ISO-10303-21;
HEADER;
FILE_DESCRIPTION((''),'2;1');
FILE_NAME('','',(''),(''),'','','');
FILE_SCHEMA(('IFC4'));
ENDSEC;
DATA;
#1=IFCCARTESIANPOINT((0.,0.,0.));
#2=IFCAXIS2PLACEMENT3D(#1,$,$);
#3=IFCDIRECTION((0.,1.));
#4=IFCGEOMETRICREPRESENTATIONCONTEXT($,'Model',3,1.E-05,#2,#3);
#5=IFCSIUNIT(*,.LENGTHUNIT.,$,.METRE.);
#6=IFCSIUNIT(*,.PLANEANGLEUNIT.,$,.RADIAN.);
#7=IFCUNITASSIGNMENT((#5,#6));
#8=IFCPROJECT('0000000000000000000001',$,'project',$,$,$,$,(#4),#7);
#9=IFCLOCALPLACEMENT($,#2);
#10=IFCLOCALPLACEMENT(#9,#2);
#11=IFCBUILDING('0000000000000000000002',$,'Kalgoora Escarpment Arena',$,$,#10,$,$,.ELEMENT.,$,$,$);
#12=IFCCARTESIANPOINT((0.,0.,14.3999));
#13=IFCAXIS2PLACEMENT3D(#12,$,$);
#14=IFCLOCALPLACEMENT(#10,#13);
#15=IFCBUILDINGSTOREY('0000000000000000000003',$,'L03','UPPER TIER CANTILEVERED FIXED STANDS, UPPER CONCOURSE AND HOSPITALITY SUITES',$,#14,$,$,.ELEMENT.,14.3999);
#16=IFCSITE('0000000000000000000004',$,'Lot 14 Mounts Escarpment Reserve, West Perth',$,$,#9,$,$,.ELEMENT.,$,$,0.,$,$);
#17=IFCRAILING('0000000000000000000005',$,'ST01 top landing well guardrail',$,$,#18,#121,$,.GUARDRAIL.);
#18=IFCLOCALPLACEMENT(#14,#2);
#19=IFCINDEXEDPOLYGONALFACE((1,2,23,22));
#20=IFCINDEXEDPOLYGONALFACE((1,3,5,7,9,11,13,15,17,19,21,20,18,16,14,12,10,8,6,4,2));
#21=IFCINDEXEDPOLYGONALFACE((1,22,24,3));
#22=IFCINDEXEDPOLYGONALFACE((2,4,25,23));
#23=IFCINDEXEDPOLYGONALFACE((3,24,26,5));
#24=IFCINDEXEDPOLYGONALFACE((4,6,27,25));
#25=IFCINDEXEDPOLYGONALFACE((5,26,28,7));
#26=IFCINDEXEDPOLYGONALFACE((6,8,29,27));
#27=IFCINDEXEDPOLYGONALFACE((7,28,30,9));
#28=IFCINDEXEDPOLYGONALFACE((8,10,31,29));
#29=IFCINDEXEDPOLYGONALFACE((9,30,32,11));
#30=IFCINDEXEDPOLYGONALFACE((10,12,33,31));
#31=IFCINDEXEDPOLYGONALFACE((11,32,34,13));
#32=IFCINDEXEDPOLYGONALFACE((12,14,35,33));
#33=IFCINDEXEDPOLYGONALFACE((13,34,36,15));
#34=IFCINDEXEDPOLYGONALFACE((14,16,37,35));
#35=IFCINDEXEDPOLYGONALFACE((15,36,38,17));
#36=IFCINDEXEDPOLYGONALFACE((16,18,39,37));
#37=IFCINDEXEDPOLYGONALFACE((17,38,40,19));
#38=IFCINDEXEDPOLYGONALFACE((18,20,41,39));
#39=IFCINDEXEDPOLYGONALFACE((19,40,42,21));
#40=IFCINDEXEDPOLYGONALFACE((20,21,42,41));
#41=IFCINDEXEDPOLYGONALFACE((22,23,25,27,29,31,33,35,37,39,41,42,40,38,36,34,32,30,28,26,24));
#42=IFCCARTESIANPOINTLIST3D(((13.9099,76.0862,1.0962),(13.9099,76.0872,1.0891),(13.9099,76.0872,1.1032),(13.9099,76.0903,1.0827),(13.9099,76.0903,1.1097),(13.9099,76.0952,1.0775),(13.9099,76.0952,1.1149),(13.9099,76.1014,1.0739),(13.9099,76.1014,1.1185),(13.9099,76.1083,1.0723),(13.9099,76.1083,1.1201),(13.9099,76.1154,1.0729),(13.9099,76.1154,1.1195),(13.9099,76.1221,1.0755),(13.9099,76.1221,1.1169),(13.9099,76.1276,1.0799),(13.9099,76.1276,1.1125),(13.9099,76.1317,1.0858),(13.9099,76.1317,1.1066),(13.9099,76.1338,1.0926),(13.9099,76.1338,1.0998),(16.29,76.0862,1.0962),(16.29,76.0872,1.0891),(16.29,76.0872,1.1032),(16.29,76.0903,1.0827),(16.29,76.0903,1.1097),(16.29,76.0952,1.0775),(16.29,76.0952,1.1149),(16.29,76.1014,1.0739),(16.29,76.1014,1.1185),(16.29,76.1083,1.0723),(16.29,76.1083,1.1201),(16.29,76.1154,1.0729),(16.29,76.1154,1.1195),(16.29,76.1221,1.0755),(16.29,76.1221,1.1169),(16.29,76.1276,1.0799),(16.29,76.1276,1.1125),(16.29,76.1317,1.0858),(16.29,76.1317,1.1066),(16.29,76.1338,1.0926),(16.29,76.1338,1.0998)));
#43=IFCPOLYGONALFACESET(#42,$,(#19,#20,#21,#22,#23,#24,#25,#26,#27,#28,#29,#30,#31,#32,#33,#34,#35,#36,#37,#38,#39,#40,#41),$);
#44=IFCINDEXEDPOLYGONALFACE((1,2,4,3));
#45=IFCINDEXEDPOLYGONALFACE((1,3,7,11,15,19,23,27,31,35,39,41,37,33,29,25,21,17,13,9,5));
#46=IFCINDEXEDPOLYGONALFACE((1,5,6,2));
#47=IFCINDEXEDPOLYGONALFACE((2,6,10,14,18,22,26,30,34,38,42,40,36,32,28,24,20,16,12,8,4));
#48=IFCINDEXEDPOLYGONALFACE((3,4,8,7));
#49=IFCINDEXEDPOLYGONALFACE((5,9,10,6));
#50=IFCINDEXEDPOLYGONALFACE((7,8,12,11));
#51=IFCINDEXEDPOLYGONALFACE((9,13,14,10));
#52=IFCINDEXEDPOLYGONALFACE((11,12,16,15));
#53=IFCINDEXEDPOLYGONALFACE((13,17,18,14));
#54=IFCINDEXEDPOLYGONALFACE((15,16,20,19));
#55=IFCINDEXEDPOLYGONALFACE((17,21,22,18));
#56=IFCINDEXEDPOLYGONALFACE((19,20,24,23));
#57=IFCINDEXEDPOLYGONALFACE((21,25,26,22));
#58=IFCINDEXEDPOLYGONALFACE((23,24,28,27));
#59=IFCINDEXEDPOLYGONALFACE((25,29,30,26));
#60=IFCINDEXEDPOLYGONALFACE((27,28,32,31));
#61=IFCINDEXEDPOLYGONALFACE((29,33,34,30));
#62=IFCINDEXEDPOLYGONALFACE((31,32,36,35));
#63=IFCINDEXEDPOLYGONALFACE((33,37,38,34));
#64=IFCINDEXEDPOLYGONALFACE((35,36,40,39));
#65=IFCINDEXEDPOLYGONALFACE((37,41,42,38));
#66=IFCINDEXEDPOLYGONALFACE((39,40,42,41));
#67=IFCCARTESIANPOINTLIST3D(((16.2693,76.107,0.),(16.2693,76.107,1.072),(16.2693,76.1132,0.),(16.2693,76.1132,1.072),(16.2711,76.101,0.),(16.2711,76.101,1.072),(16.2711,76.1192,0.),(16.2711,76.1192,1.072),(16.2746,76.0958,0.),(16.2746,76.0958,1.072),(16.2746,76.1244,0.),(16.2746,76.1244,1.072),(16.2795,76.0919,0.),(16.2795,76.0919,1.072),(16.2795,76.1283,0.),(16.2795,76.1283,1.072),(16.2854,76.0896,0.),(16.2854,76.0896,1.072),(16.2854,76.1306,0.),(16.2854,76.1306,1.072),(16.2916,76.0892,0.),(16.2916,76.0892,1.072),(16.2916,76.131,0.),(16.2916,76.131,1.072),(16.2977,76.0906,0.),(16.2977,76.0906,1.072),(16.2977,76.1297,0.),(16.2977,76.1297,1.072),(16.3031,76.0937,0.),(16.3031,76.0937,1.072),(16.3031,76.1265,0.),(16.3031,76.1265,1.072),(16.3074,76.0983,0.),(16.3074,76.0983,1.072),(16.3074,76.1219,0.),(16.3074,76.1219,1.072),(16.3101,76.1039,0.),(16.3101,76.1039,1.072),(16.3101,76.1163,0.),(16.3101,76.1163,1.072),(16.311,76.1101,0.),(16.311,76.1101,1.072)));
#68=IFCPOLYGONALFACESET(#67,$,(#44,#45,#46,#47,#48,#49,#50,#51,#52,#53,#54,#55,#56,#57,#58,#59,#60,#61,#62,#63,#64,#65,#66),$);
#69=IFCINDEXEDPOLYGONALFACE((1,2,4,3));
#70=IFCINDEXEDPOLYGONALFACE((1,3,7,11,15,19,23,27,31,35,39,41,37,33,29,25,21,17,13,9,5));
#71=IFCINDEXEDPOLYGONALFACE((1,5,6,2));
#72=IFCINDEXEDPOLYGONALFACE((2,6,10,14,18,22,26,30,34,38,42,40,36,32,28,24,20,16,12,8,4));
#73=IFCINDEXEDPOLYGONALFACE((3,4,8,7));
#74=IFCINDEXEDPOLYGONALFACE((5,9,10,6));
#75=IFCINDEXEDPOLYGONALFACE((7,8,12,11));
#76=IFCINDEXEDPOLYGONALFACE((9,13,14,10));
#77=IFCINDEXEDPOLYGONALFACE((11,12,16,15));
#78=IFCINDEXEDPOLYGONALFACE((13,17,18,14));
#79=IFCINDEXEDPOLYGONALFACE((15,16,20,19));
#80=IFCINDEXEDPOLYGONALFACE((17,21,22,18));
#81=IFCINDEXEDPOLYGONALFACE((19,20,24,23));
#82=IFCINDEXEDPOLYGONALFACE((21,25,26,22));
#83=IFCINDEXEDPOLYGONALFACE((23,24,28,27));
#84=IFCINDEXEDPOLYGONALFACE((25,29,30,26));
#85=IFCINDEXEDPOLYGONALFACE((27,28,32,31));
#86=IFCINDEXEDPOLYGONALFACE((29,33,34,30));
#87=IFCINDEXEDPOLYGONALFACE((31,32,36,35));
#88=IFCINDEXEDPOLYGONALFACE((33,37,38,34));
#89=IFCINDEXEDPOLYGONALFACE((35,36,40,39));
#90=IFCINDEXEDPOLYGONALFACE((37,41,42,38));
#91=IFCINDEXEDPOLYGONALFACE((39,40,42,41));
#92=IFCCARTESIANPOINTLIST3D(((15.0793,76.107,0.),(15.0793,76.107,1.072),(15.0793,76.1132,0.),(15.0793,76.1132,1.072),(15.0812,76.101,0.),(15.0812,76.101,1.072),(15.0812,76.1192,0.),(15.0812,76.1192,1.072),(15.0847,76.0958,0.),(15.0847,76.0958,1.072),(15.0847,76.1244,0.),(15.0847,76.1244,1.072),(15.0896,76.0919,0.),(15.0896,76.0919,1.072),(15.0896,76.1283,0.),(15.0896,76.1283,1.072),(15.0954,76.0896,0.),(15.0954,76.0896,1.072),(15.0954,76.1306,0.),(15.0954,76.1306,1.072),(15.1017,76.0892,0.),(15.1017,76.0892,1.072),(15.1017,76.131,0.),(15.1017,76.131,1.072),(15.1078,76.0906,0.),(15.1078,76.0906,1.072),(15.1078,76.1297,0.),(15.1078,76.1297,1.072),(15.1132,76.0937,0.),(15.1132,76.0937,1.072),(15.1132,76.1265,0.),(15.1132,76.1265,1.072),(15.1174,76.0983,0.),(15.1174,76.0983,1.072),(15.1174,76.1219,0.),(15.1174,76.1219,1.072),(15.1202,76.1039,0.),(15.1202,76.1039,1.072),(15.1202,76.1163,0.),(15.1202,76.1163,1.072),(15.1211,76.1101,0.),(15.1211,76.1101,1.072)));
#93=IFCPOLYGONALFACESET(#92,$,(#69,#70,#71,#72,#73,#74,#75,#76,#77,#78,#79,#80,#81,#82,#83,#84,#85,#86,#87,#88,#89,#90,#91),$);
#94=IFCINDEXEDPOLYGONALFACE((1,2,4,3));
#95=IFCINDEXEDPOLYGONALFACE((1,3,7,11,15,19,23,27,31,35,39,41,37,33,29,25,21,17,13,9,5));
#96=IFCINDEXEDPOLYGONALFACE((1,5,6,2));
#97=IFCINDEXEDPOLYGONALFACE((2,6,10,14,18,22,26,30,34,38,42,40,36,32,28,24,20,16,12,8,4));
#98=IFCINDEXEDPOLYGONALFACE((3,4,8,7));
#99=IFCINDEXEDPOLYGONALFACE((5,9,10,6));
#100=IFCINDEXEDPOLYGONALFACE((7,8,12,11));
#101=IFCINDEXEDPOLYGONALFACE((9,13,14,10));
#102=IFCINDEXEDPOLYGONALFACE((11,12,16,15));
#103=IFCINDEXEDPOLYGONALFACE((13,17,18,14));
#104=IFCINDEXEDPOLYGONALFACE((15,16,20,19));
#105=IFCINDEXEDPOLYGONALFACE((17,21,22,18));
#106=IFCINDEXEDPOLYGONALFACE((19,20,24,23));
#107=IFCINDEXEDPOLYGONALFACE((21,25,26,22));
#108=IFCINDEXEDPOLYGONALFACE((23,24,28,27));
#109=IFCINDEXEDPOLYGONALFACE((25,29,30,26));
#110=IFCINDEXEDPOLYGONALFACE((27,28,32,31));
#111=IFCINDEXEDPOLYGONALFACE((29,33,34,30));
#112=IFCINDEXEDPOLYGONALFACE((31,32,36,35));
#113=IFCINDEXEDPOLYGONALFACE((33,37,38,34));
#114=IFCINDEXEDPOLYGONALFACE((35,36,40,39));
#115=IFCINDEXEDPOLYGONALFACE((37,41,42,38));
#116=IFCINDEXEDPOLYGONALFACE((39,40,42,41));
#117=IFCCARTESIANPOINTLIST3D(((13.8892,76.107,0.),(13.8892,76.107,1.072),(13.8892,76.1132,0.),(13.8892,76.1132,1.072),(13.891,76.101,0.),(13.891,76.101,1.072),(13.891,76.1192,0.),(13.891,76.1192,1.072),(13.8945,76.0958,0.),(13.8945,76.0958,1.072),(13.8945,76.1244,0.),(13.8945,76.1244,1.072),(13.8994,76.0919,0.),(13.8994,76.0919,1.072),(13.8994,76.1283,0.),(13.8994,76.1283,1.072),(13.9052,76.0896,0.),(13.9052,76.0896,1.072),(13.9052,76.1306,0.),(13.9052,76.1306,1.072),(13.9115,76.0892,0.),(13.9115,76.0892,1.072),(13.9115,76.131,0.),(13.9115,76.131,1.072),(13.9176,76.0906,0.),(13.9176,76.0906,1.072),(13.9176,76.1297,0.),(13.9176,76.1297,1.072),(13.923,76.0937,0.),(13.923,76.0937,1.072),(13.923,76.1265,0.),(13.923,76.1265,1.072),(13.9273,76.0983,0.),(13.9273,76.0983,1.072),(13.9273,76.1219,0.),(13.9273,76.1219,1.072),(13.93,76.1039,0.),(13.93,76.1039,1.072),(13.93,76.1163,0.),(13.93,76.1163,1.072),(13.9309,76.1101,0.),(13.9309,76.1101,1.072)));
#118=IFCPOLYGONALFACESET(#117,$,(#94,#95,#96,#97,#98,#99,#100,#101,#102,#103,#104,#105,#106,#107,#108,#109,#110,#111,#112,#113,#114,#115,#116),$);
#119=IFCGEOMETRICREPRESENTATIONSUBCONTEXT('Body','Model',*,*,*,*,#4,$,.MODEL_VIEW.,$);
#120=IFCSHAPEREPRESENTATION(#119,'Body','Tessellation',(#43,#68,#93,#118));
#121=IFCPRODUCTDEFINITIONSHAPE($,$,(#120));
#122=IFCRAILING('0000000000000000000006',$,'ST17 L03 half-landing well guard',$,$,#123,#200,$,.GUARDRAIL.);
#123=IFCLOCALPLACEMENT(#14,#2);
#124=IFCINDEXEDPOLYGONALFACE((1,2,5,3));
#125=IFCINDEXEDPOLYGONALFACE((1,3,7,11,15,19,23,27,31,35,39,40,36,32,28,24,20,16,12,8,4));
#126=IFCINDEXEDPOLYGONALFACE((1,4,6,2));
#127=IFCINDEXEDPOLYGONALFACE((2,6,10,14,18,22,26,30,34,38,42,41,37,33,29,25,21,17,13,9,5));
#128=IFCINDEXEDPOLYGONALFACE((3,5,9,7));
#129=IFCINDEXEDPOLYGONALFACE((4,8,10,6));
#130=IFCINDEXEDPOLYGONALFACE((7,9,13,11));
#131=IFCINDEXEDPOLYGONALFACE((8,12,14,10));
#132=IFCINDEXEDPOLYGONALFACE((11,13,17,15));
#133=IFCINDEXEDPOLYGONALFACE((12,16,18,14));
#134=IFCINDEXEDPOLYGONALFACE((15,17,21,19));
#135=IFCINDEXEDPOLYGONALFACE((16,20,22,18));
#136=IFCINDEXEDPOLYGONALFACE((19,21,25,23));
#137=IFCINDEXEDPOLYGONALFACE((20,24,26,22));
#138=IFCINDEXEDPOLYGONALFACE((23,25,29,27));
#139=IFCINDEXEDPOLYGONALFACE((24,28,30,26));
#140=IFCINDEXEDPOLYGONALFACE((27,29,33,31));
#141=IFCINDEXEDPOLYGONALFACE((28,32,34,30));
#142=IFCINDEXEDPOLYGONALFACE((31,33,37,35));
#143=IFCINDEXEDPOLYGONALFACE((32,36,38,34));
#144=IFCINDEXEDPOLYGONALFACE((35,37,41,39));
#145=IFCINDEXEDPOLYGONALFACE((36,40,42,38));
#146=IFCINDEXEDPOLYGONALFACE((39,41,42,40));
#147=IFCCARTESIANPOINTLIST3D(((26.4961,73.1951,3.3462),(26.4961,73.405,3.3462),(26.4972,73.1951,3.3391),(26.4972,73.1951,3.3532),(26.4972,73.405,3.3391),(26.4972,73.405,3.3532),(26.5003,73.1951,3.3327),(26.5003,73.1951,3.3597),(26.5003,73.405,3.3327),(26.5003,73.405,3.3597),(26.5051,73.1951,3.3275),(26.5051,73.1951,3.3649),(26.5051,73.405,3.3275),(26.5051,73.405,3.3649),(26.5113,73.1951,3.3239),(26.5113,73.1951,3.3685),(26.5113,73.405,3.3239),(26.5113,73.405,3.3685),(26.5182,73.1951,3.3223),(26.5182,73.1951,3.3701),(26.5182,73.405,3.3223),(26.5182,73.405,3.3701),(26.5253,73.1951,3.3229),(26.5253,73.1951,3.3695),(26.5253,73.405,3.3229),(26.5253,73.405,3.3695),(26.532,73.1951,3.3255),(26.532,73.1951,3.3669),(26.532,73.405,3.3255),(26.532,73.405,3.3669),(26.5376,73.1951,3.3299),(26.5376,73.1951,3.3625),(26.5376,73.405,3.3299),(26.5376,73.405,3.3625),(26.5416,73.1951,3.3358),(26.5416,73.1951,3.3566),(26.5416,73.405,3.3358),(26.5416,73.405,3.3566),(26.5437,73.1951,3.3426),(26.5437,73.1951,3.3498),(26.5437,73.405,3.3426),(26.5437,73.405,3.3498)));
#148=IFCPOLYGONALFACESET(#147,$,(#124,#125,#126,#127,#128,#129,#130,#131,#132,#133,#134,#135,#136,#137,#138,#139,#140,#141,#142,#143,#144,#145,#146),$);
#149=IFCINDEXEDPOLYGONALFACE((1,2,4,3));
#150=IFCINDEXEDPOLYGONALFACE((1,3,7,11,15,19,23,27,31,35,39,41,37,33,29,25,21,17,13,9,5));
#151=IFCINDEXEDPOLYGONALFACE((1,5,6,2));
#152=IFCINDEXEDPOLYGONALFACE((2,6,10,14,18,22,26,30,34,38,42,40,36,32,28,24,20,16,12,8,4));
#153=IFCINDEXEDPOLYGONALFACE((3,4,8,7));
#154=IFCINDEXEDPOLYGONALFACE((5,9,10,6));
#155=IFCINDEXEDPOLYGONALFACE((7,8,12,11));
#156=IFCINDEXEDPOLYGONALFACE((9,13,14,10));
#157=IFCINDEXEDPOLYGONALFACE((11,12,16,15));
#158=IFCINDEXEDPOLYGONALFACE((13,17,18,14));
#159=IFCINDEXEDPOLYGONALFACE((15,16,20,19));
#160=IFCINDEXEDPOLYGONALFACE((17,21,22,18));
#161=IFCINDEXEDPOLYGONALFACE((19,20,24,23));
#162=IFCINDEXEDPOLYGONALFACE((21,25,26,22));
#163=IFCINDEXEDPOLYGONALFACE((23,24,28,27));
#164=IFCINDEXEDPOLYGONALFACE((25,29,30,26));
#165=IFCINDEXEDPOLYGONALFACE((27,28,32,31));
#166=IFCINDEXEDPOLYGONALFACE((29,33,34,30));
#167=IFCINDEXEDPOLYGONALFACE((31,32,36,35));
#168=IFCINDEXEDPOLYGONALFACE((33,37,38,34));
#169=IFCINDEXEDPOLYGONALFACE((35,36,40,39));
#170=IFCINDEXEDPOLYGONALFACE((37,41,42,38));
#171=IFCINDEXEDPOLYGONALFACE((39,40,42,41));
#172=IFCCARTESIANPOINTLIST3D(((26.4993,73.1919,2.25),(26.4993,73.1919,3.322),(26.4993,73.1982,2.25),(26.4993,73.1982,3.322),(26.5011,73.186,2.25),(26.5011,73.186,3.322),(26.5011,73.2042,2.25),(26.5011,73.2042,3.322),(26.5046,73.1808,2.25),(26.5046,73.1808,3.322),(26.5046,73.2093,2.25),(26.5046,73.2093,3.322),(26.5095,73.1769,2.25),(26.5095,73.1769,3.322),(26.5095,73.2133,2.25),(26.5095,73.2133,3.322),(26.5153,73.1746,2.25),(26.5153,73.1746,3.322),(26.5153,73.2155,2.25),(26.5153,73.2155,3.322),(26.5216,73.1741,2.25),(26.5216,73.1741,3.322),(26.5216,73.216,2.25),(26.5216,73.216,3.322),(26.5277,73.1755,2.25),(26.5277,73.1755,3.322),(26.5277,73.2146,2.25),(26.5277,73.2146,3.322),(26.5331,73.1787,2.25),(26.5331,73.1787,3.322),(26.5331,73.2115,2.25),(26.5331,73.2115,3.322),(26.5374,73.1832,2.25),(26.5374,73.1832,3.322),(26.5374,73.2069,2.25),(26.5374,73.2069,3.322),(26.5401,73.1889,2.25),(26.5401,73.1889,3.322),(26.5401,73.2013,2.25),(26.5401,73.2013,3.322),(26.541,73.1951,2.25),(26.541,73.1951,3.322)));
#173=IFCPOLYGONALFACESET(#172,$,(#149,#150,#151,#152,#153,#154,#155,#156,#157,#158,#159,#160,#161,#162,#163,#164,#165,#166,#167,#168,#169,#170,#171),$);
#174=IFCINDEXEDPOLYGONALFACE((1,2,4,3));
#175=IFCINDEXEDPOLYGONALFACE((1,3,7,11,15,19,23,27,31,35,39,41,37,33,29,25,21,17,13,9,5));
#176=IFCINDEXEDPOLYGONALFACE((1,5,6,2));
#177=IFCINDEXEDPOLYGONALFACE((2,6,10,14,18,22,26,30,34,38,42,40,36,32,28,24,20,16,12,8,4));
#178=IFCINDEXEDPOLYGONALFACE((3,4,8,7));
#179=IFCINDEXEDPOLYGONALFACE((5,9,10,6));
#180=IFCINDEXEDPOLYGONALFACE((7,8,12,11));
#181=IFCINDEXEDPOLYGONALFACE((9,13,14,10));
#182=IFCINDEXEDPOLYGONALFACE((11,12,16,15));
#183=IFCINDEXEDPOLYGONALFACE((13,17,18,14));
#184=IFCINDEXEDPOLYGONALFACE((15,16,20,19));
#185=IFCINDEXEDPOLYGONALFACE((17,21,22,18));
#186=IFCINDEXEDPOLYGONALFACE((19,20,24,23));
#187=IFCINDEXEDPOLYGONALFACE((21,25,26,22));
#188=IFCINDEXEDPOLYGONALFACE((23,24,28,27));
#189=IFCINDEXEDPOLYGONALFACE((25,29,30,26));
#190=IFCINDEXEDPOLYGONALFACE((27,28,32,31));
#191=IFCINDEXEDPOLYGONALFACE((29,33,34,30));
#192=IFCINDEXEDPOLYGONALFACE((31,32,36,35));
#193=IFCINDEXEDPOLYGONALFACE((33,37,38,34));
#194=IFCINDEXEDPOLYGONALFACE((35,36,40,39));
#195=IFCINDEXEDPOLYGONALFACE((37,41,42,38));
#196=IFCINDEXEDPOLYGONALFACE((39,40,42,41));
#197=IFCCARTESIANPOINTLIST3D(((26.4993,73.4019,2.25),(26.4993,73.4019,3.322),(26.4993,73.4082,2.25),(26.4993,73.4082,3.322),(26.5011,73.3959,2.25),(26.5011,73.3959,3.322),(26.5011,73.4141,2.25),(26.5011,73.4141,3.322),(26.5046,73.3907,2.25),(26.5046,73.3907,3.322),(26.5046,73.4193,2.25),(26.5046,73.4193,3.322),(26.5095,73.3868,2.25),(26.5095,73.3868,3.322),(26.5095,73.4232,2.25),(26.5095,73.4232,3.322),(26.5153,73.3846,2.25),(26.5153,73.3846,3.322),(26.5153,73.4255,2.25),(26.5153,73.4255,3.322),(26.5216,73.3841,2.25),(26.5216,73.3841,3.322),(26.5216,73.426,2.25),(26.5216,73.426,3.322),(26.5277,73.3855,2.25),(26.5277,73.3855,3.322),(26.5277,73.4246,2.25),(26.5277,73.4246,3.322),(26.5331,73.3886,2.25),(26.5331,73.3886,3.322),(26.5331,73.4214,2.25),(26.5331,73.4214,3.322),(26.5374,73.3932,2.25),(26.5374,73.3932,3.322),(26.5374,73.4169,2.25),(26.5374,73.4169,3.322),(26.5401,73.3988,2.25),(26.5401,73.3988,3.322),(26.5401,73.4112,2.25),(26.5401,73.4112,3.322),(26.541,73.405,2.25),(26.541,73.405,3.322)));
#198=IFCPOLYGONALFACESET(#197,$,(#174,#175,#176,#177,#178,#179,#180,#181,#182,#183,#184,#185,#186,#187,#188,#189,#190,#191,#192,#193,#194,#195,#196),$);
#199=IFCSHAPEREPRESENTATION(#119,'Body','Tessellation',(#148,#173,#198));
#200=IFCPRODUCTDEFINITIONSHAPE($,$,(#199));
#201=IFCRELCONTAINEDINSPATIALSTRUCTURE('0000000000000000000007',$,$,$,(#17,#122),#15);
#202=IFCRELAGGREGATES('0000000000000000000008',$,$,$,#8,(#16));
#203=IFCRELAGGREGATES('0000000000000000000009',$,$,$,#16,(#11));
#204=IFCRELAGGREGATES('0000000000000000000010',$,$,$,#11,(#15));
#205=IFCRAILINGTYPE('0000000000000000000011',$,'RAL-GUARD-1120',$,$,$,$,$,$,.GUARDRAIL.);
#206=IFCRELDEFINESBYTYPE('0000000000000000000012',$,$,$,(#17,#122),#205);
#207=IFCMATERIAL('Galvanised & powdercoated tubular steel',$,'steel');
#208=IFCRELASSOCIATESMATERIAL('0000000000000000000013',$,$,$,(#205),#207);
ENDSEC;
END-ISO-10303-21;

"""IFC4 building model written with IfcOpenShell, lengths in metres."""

from ifc_helpers import new_model, si_unit, direction, frame, origin, origin_2d, place, context, subcontext, project, spatial, circle, extrude, material, type_object, element, save


model = new_model("IFC4")

# Units and contexts
model_context = context("Model", 3, precision=1e-05, world=origin(), true_north=direction((0.0, 1.0)))
body_context = subcontext(model_context, "Body", "Model", "MODEL_VIEW")
ifc_project = project(units=[si_unit("LENGTHUNIT", "METRE"), si_unit("PLANEANGLEUNIT", "RADIAN")], contexts=[model_context])

# Site, building, storey
site_placement = place(None, origin())
site = spatial("IfcSite", under=ifc_project, at=site_placement, Name="Lot 14 Mounts Escarpment Reserve, West Perth", CompositionType="ELEMENT", RefElevation=0.0)
building_placement = place(site_placement, origin())
building = spatial("IfcBuilding", under=site, at=building_placement, Name="Kalgoora Escarpment Arena", CompositionType="ELEMENT")
storey_placement = place(building_placement, frame((0.0, 0.0, 14.3999)))
storey = spatial("IfcBuildingStorey", under=building, at=storey_placement, Name="L03", Description="UPPER TIER CANTILEVERED FIXED STANDS, UPPER CONCOURSE AND HOSPITALITY SUITES", CompositionType="ELEMENT", Elevation=14.3999)

# Railings
ifc_material_1 = material(Name="Galvanised & powdercoated tubular steel", Category="steel")
railing_type_1 = type_object("IfcRailingType", Name="RAL-GUARD-1120", PredefinedType="GUARDRAIL", material=ifc_material_1)
railing_1_placement = place(storey_placement, frame((16.29, 76.1101, 0.0)))
element("IfcRailing", 1, at=railing_1_placement, inside=storey, type_object=railing_type_1, Name="ST01 top landing well guardrail", PredefinedType="GUARDRAIL", context=body_context, shape_type="SweptSolid", body=[
    extrude(circle(Radius=0.0239, at=origin_2d()), frame((0.0, 0.0, 1.0962), z_axis=(-1.0, 0.0, 0.0), x_axis=(0.0, -1.0, 0.0)), (0.0, 0.0, 1.0), 2.3801),
    extrude(circle(Radius=0.021, at=origin_2d()), origin(), (0.0, 0.0, 1.0), 1.072),
    extrude(circle(Radius=0.021, at=origin_2d()), frame((-1.1899, 0.0, 0.0)), (0.0, 0.0, 1.0), 1.072),
    extrude(circle(Radius=0.021, at=origin_2d()), frame((-2.3801, 0.0, 0.0)), (0.0, 0.0, 1.0), 1.072),
])
railing_2_placement = place(storey_placement, frame((26.52, 73.1951, 2.25)))
element("IfcRailing", 2, at=railing_2_placement, inside=storey, type_object=railing_type_1, Name="ST17 L03 half-landing well guard", PredefinedType="GUARDRAIL", context=body_context, shape_type="SweptSolid", body=[
    extrude(circle(Radius=0.0239, at=origin_2d()), frame((0.0, 0.0, 1.0962), z_axis=(0.0, 1.0, 0.0), x_axis=(-1.0, 0.0, 0.0)), (0.0, 0.0, 1.0), 0.21),
    extrude(circle(Radius=0.021, at=origin_2d()), origin(), (0.0, 0.0, 1.0), 1.072),
    extrude(circle(Radius=0.021, at=origin_2d()), frame((0.0, 0.21, 0.0)), (0.0, 0.0, 1.0), 1.072),
])

save(model, "model.ifc")
